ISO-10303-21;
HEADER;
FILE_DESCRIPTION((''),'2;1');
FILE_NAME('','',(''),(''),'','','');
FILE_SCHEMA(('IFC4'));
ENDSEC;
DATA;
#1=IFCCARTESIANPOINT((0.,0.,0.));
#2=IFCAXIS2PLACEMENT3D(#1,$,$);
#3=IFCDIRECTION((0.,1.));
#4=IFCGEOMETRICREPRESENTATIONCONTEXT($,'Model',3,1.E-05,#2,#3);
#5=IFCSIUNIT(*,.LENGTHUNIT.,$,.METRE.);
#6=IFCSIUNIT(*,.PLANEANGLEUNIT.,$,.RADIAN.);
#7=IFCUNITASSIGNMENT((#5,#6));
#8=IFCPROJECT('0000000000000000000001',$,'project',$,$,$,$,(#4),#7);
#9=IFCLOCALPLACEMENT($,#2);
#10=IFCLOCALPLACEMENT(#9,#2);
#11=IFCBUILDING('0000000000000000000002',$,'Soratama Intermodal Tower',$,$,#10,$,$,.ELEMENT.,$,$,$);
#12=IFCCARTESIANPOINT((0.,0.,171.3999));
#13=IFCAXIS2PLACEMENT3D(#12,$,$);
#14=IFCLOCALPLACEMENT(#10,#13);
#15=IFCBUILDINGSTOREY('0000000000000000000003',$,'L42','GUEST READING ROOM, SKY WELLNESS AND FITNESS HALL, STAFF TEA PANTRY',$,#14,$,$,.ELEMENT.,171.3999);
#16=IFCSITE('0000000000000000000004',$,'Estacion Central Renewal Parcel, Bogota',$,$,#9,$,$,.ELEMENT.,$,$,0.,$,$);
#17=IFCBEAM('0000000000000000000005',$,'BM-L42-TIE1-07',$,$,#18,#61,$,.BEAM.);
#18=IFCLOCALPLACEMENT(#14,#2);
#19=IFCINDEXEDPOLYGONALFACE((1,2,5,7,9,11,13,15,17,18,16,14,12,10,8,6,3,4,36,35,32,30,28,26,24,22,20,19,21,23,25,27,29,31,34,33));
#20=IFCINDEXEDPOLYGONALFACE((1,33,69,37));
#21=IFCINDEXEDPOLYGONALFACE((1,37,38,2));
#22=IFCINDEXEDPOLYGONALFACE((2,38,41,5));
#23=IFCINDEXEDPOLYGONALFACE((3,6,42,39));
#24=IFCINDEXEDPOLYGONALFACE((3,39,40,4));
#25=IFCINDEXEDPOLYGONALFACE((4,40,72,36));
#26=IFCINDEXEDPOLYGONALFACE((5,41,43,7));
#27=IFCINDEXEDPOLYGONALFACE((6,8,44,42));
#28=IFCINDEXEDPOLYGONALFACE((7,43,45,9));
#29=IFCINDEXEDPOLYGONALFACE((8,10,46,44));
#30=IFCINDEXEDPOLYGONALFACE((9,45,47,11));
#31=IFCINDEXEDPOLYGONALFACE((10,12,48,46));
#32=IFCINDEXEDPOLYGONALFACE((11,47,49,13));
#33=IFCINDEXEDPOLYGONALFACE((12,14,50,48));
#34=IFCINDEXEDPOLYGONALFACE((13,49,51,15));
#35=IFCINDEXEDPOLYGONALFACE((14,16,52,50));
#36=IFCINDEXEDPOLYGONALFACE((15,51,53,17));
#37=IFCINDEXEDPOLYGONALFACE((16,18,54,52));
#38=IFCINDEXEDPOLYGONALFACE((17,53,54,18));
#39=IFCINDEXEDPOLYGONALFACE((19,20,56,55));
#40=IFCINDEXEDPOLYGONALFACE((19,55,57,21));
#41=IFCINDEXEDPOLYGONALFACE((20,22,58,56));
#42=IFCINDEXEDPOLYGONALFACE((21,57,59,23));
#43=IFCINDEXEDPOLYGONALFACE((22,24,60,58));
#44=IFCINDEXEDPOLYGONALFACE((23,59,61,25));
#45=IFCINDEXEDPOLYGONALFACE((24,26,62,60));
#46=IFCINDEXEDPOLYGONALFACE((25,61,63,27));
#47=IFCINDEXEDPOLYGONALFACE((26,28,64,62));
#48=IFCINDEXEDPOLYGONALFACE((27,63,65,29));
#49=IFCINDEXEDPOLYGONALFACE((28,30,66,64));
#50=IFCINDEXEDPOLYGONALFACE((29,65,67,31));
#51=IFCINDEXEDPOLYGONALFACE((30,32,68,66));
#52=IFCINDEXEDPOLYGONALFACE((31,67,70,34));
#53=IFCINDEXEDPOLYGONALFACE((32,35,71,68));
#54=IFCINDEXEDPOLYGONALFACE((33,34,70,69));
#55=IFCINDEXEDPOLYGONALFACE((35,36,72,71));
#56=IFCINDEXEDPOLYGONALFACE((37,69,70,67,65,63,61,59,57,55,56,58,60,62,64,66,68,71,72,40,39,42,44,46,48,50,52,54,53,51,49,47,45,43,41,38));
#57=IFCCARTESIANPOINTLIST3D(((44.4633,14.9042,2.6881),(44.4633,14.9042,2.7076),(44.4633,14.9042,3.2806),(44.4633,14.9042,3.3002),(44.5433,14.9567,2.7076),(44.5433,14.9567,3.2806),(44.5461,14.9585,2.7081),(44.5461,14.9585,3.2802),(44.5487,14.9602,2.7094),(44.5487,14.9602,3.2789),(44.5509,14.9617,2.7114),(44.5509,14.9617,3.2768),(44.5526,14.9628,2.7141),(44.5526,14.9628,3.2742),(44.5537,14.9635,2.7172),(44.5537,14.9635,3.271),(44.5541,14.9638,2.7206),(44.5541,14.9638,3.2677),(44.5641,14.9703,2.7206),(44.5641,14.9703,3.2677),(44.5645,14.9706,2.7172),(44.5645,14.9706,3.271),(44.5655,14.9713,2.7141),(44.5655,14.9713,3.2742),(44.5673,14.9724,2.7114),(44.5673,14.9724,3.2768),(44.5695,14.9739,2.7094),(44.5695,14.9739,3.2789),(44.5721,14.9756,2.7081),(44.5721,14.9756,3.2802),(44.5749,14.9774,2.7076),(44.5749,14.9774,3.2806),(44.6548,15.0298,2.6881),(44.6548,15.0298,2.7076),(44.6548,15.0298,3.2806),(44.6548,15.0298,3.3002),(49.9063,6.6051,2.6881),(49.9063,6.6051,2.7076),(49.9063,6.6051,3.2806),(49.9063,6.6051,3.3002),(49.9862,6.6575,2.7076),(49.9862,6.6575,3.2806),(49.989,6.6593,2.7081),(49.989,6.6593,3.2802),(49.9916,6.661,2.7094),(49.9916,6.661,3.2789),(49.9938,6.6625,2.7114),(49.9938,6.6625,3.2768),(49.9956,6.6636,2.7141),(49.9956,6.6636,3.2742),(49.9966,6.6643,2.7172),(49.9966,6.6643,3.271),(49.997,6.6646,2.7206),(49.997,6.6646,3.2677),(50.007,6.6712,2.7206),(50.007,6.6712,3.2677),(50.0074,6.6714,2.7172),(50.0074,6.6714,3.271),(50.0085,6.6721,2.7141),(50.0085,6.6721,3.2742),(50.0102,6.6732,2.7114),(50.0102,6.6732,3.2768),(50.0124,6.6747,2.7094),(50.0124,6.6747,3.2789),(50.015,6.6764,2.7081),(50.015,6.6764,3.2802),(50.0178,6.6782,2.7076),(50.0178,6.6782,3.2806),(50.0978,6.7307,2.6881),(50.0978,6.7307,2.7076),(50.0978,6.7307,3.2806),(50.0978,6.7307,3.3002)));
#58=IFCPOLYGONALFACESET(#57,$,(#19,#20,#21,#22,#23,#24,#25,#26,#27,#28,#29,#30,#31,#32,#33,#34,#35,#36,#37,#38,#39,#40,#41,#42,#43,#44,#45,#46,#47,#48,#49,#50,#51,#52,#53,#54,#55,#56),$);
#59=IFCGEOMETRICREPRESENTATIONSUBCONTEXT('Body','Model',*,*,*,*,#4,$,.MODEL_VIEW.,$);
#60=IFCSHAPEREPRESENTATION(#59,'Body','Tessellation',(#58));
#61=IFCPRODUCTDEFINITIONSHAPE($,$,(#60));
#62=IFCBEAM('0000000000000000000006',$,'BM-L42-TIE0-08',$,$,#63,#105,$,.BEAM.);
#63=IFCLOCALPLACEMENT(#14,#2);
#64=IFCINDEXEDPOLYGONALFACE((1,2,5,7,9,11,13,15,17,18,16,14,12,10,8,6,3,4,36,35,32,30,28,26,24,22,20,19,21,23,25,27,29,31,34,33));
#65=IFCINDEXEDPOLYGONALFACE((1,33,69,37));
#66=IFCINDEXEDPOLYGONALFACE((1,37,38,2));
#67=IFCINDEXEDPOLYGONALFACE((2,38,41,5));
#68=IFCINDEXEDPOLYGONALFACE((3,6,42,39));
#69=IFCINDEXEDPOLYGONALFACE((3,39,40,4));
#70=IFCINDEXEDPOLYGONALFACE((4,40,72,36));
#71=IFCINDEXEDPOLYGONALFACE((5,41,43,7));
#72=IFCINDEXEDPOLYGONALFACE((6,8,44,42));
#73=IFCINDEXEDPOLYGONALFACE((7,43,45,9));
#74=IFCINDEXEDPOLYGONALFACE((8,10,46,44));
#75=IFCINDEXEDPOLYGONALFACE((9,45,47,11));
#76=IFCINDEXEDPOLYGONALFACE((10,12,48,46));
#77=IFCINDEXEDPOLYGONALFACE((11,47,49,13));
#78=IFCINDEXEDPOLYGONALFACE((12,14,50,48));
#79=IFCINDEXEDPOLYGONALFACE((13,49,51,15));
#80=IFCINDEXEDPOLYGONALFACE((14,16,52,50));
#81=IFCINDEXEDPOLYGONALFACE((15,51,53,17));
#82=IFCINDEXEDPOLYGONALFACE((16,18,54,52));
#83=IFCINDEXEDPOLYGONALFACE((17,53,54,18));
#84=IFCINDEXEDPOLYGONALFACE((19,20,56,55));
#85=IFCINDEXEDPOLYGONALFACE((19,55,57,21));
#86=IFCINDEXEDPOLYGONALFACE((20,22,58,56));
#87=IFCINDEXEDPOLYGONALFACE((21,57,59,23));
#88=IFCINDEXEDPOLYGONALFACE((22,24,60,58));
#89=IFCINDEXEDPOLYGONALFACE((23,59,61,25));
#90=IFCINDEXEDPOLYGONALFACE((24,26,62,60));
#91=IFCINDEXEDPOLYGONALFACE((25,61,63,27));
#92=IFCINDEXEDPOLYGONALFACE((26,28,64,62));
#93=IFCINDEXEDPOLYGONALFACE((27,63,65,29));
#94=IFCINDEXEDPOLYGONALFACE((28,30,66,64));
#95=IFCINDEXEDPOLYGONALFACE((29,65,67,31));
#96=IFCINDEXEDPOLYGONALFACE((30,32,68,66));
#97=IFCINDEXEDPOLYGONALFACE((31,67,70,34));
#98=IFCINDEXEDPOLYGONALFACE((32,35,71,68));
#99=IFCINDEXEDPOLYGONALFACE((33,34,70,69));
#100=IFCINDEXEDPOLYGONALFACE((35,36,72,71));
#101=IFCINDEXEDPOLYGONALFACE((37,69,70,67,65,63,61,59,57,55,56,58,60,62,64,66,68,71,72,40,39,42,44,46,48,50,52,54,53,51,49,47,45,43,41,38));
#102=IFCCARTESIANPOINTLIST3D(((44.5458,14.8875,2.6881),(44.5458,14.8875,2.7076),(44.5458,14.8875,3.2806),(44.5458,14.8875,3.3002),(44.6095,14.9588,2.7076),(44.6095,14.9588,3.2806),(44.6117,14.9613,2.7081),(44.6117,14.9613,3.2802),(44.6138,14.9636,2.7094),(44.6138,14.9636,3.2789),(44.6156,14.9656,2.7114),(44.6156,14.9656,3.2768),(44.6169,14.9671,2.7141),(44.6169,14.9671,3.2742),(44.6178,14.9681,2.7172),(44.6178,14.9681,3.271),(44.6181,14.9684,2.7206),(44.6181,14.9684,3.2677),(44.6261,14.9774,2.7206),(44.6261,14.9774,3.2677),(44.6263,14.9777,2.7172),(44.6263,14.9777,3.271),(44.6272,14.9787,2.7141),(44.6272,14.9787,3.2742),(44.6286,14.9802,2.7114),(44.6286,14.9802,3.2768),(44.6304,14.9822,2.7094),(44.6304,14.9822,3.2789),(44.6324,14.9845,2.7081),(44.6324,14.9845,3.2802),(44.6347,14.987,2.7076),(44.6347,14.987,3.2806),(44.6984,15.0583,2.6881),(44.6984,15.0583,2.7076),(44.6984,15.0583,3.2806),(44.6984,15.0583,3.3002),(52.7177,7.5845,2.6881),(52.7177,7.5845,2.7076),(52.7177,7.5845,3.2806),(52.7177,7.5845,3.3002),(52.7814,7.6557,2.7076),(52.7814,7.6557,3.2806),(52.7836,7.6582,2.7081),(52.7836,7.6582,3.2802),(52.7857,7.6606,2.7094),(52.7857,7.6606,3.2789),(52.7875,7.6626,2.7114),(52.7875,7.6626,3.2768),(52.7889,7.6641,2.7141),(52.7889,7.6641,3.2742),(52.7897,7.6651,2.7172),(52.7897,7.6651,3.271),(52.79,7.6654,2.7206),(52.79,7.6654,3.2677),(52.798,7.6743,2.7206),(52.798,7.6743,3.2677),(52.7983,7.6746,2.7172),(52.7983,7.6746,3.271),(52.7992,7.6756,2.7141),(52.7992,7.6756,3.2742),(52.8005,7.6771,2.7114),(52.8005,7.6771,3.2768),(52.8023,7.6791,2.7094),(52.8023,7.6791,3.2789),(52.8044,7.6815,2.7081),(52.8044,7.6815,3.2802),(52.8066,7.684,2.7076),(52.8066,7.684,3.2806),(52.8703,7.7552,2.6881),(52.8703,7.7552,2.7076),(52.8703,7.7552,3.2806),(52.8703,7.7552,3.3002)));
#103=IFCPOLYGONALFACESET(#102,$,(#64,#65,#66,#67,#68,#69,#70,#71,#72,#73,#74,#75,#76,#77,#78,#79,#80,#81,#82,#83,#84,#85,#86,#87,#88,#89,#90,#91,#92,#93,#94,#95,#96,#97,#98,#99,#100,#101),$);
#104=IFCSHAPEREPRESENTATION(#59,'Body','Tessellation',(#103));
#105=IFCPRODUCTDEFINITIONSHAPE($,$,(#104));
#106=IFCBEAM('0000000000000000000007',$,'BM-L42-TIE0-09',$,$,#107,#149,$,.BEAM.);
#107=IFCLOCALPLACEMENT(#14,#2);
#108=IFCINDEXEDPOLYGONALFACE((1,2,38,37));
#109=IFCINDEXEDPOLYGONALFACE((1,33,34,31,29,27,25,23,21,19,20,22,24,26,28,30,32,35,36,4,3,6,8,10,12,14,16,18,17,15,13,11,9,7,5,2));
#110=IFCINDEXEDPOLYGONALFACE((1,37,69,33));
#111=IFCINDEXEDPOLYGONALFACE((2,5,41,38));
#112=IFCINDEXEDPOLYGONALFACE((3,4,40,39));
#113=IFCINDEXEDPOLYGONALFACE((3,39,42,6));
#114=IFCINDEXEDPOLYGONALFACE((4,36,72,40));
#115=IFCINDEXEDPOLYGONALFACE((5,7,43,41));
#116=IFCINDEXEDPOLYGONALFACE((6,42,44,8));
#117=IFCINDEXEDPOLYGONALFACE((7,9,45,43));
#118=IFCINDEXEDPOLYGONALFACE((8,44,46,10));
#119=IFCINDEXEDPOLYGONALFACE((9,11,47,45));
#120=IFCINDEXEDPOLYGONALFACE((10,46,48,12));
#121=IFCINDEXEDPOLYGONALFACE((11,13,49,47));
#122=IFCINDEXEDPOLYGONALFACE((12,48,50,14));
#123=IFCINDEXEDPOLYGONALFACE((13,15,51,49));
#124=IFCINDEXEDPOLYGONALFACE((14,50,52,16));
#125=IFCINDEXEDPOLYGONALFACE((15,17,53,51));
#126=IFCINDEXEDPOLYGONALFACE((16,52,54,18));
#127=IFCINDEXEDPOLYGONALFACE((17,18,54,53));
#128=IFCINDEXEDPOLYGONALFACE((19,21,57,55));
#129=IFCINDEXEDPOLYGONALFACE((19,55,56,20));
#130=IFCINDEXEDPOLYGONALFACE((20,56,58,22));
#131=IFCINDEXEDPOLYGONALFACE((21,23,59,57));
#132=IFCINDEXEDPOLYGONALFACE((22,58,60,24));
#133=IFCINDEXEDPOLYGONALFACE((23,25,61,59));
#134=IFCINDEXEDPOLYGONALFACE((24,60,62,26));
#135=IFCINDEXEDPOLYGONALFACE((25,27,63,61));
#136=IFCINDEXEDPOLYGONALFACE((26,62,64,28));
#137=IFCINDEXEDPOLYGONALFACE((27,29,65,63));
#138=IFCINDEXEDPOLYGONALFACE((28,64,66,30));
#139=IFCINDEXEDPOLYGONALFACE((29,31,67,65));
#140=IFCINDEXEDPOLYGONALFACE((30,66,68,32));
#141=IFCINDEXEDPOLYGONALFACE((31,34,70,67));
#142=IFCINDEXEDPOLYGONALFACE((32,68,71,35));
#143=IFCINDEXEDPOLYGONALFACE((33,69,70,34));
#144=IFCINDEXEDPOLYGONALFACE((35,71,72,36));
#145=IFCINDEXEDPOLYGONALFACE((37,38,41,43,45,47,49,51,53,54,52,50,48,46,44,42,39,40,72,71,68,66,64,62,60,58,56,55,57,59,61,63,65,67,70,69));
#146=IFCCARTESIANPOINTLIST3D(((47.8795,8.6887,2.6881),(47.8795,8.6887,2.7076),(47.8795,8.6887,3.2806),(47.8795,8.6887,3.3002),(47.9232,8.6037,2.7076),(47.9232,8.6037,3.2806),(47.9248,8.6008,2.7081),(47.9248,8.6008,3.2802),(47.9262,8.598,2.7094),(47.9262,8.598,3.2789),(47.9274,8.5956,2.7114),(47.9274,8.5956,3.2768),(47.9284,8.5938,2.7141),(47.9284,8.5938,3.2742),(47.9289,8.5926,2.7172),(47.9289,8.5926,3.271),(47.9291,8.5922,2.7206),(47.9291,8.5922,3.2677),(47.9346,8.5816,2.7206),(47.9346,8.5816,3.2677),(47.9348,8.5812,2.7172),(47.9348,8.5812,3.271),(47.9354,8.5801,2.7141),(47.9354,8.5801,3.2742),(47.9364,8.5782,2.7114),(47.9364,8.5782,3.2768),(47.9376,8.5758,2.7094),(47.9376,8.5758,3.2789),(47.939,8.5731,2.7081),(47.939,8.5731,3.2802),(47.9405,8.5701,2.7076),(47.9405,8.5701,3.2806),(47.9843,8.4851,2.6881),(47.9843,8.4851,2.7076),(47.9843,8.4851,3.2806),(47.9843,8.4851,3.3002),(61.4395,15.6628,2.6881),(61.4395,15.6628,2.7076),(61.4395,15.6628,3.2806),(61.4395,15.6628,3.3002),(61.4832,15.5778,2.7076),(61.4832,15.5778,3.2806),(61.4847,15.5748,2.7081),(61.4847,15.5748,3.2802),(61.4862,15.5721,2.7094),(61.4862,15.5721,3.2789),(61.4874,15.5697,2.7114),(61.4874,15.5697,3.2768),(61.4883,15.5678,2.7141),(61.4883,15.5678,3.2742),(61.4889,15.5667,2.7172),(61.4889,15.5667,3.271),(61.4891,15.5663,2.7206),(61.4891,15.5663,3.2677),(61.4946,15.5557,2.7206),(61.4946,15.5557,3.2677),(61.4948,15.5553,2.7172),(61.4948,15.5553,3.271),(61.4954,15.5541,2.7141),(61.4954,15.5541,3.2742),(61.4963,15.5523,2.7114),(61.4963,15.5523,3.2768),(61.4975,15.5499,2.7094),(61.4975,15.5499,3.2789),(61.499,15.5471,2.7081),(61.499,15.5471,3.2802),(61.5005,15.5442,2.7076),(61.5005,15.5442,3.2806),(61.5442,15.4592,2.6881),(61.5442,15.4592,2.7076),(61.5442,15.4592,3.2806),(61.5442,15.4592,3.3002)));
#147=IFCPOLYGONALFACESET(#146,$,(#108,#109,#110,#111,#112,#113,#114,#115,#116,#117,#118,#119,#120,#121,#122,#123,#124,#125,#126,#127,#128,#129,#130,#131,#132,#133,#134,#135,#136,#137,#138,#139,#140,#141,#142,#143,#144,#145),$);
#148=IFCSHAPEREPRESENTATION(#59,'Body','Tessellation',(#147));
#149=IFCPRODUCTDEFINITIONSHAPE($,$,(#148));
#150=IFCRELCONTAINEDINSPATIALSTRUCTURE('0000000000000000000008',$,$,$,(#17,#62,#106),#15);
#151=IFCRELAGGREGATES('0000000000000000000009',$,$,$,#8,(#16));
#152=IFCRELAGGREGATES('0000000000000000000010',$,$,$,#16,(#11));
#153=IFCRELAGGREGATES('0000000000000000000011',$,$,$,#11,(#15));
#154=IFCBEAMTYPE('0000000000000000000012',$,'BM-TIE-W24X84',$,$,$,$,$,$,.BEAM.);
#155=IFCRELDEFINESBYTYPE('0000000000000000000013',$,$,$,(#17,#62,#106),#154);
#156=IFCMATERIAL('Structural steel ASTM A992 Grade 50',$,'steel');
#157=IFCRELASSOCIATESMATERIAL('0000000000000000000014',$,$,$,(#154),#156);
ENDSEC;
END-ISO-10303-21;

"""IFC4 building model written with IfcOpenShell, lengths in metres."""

from ifc_helpers import new_model, si_unit, direction, frame, origin, origin_2d, place, context, subcontext, project, spatial, i_section, extrude, material, material_profile, profile_set, type_object, element, save


model = new_model("IFC4")

# Units and contexts
model_context = context("Model", 3, precision=1e-05, world=origin(), true_north=direction((0.0, 1.0)))
body_context = subcontext(model_context, "Body", "Model", "MODEL_VIEW")
ifc_project = project(units=[si_unit("LENGTHUNIT", "METRE"), si_unit("PLANEANGLEUNIT", "RADIAN")], contexts=[model_context])

# Site, building, storey
site_placement = place(None, origin())
site = spatial("IfcSite", under=ifc_project, at=site_placement, Name="Estacion Central Renewal Parcel, Bogota", CompositionType="ELEMENT", RefElevation=0.0)
building_placement = place(site_placement, origin())
building = spatial("IfcBuilding", under=site, at=building_placement, Name="Soratama Intermodal Tower", CompositionType="ELEMENT")
storey_placement = place(building_placement, frame((0.0, 0.0, 171.3999)))
storey = spatial("IfcBuildingStorey", under=building, at=storey_placement, Name="L42", Description="GUEST READING ROOM, SKY WELLNESS AND FITNESS HALL, STAFF TEA PANTRY", CompositionType="ELEMENT", Elevation=171.3999)

# Beams
ifc_material_1 = material(Name="Structural steel ASTM A992 Grade 50", Category="steel")
ifc_material_profile_1 = material_profile(ifc_material_1, i_section(OverallWidth=0.229, OverallDepth=0.6121, WebThickness=0.012, FlangeThickness=0.0195, FilletRadius=0.0129, at=origin_2d()), Name="W24X84")
ifc_profile_set_1 = profile_set([ifc_material_profile_1], Name="Structural steel ASTM A992 Grade 50")
beam_type_1 = type_object("IfcBeamType", Name="BM-TIE-W24X84", PredefinedType="BEAM", material=ifc_profile_set_1)
beam_1_placement = place(storey_placement, frame((44.5591, 14.967, 2.9941), z_axis=(0.548417, -0.836205, 0.0), x_axis=(0.836205, 0.548417, 0.0)))
element("IfcBeam", 1, at=beam_1_placement, inside=storey, type_object=beam_type_1, Name="BM-L42-TIE1-07", PredefinedType="BEAM", context=body_context, shape_type="SweptSolid", body=[
    extrude(i_section(OverallWidth=0.229, OverallDepth=0.6121, WebThickness=0.012, FlangeThickness=0.0195, FilletRadius=0.0129, at=origin_2d()), origin(), (0.0, 0.0, 1.0), 9.9248),
])
beam_2_placement = place(storey_placement, frame((44.6221, 14.9729, 2.9941), z_axis=(0.745636, -0.666354, 0.0), x_axis=(0.666354, 0.745636, 0.0)))
element("IfcBeam", 2, at=beam_2_placement, inside=storey, type_object=beam_type_1, Name="BM-L42-TIE0-08", PredefinedType="BEAM", context=body_context, shape_type="SweptSolid", body=[
    extrude(i_section(OverallWidth=0.229, OverallDepth=0.6121, WebThickness=0.012, FlangeThickness=0.0195, FilletRadius=0.0129, at=origin_2d()), origin(), (0.0, 0.0, 1.0), 10.9597),
])
beam_3_placement = place(storey_placement, frame((47.9319, 8.5869, 2.9941), z_axis=(0.889278, 0.457368, 0.0), x_axis=(-0.457368, 0.889278, 0.0)))
element("IfcBeam", 3, at=beam_3_placement, inside=storey, type_object=beam_type_1, Name="BM-L42-TIE0-09", PredefinedType="BEAM", context=body_context, shape_type="SweptSolid", body=[
    extrude(i_section(OverallWidth=0.229, OverallDepth=0.6121, WebThickness=0.012, FlangeThickness=0.0195, FilletRadius=0.0129, at=origin_2d()), origin(), (0.0, 0.0, 1.0), 15.2483),
])

save(model, "model.ifc")
